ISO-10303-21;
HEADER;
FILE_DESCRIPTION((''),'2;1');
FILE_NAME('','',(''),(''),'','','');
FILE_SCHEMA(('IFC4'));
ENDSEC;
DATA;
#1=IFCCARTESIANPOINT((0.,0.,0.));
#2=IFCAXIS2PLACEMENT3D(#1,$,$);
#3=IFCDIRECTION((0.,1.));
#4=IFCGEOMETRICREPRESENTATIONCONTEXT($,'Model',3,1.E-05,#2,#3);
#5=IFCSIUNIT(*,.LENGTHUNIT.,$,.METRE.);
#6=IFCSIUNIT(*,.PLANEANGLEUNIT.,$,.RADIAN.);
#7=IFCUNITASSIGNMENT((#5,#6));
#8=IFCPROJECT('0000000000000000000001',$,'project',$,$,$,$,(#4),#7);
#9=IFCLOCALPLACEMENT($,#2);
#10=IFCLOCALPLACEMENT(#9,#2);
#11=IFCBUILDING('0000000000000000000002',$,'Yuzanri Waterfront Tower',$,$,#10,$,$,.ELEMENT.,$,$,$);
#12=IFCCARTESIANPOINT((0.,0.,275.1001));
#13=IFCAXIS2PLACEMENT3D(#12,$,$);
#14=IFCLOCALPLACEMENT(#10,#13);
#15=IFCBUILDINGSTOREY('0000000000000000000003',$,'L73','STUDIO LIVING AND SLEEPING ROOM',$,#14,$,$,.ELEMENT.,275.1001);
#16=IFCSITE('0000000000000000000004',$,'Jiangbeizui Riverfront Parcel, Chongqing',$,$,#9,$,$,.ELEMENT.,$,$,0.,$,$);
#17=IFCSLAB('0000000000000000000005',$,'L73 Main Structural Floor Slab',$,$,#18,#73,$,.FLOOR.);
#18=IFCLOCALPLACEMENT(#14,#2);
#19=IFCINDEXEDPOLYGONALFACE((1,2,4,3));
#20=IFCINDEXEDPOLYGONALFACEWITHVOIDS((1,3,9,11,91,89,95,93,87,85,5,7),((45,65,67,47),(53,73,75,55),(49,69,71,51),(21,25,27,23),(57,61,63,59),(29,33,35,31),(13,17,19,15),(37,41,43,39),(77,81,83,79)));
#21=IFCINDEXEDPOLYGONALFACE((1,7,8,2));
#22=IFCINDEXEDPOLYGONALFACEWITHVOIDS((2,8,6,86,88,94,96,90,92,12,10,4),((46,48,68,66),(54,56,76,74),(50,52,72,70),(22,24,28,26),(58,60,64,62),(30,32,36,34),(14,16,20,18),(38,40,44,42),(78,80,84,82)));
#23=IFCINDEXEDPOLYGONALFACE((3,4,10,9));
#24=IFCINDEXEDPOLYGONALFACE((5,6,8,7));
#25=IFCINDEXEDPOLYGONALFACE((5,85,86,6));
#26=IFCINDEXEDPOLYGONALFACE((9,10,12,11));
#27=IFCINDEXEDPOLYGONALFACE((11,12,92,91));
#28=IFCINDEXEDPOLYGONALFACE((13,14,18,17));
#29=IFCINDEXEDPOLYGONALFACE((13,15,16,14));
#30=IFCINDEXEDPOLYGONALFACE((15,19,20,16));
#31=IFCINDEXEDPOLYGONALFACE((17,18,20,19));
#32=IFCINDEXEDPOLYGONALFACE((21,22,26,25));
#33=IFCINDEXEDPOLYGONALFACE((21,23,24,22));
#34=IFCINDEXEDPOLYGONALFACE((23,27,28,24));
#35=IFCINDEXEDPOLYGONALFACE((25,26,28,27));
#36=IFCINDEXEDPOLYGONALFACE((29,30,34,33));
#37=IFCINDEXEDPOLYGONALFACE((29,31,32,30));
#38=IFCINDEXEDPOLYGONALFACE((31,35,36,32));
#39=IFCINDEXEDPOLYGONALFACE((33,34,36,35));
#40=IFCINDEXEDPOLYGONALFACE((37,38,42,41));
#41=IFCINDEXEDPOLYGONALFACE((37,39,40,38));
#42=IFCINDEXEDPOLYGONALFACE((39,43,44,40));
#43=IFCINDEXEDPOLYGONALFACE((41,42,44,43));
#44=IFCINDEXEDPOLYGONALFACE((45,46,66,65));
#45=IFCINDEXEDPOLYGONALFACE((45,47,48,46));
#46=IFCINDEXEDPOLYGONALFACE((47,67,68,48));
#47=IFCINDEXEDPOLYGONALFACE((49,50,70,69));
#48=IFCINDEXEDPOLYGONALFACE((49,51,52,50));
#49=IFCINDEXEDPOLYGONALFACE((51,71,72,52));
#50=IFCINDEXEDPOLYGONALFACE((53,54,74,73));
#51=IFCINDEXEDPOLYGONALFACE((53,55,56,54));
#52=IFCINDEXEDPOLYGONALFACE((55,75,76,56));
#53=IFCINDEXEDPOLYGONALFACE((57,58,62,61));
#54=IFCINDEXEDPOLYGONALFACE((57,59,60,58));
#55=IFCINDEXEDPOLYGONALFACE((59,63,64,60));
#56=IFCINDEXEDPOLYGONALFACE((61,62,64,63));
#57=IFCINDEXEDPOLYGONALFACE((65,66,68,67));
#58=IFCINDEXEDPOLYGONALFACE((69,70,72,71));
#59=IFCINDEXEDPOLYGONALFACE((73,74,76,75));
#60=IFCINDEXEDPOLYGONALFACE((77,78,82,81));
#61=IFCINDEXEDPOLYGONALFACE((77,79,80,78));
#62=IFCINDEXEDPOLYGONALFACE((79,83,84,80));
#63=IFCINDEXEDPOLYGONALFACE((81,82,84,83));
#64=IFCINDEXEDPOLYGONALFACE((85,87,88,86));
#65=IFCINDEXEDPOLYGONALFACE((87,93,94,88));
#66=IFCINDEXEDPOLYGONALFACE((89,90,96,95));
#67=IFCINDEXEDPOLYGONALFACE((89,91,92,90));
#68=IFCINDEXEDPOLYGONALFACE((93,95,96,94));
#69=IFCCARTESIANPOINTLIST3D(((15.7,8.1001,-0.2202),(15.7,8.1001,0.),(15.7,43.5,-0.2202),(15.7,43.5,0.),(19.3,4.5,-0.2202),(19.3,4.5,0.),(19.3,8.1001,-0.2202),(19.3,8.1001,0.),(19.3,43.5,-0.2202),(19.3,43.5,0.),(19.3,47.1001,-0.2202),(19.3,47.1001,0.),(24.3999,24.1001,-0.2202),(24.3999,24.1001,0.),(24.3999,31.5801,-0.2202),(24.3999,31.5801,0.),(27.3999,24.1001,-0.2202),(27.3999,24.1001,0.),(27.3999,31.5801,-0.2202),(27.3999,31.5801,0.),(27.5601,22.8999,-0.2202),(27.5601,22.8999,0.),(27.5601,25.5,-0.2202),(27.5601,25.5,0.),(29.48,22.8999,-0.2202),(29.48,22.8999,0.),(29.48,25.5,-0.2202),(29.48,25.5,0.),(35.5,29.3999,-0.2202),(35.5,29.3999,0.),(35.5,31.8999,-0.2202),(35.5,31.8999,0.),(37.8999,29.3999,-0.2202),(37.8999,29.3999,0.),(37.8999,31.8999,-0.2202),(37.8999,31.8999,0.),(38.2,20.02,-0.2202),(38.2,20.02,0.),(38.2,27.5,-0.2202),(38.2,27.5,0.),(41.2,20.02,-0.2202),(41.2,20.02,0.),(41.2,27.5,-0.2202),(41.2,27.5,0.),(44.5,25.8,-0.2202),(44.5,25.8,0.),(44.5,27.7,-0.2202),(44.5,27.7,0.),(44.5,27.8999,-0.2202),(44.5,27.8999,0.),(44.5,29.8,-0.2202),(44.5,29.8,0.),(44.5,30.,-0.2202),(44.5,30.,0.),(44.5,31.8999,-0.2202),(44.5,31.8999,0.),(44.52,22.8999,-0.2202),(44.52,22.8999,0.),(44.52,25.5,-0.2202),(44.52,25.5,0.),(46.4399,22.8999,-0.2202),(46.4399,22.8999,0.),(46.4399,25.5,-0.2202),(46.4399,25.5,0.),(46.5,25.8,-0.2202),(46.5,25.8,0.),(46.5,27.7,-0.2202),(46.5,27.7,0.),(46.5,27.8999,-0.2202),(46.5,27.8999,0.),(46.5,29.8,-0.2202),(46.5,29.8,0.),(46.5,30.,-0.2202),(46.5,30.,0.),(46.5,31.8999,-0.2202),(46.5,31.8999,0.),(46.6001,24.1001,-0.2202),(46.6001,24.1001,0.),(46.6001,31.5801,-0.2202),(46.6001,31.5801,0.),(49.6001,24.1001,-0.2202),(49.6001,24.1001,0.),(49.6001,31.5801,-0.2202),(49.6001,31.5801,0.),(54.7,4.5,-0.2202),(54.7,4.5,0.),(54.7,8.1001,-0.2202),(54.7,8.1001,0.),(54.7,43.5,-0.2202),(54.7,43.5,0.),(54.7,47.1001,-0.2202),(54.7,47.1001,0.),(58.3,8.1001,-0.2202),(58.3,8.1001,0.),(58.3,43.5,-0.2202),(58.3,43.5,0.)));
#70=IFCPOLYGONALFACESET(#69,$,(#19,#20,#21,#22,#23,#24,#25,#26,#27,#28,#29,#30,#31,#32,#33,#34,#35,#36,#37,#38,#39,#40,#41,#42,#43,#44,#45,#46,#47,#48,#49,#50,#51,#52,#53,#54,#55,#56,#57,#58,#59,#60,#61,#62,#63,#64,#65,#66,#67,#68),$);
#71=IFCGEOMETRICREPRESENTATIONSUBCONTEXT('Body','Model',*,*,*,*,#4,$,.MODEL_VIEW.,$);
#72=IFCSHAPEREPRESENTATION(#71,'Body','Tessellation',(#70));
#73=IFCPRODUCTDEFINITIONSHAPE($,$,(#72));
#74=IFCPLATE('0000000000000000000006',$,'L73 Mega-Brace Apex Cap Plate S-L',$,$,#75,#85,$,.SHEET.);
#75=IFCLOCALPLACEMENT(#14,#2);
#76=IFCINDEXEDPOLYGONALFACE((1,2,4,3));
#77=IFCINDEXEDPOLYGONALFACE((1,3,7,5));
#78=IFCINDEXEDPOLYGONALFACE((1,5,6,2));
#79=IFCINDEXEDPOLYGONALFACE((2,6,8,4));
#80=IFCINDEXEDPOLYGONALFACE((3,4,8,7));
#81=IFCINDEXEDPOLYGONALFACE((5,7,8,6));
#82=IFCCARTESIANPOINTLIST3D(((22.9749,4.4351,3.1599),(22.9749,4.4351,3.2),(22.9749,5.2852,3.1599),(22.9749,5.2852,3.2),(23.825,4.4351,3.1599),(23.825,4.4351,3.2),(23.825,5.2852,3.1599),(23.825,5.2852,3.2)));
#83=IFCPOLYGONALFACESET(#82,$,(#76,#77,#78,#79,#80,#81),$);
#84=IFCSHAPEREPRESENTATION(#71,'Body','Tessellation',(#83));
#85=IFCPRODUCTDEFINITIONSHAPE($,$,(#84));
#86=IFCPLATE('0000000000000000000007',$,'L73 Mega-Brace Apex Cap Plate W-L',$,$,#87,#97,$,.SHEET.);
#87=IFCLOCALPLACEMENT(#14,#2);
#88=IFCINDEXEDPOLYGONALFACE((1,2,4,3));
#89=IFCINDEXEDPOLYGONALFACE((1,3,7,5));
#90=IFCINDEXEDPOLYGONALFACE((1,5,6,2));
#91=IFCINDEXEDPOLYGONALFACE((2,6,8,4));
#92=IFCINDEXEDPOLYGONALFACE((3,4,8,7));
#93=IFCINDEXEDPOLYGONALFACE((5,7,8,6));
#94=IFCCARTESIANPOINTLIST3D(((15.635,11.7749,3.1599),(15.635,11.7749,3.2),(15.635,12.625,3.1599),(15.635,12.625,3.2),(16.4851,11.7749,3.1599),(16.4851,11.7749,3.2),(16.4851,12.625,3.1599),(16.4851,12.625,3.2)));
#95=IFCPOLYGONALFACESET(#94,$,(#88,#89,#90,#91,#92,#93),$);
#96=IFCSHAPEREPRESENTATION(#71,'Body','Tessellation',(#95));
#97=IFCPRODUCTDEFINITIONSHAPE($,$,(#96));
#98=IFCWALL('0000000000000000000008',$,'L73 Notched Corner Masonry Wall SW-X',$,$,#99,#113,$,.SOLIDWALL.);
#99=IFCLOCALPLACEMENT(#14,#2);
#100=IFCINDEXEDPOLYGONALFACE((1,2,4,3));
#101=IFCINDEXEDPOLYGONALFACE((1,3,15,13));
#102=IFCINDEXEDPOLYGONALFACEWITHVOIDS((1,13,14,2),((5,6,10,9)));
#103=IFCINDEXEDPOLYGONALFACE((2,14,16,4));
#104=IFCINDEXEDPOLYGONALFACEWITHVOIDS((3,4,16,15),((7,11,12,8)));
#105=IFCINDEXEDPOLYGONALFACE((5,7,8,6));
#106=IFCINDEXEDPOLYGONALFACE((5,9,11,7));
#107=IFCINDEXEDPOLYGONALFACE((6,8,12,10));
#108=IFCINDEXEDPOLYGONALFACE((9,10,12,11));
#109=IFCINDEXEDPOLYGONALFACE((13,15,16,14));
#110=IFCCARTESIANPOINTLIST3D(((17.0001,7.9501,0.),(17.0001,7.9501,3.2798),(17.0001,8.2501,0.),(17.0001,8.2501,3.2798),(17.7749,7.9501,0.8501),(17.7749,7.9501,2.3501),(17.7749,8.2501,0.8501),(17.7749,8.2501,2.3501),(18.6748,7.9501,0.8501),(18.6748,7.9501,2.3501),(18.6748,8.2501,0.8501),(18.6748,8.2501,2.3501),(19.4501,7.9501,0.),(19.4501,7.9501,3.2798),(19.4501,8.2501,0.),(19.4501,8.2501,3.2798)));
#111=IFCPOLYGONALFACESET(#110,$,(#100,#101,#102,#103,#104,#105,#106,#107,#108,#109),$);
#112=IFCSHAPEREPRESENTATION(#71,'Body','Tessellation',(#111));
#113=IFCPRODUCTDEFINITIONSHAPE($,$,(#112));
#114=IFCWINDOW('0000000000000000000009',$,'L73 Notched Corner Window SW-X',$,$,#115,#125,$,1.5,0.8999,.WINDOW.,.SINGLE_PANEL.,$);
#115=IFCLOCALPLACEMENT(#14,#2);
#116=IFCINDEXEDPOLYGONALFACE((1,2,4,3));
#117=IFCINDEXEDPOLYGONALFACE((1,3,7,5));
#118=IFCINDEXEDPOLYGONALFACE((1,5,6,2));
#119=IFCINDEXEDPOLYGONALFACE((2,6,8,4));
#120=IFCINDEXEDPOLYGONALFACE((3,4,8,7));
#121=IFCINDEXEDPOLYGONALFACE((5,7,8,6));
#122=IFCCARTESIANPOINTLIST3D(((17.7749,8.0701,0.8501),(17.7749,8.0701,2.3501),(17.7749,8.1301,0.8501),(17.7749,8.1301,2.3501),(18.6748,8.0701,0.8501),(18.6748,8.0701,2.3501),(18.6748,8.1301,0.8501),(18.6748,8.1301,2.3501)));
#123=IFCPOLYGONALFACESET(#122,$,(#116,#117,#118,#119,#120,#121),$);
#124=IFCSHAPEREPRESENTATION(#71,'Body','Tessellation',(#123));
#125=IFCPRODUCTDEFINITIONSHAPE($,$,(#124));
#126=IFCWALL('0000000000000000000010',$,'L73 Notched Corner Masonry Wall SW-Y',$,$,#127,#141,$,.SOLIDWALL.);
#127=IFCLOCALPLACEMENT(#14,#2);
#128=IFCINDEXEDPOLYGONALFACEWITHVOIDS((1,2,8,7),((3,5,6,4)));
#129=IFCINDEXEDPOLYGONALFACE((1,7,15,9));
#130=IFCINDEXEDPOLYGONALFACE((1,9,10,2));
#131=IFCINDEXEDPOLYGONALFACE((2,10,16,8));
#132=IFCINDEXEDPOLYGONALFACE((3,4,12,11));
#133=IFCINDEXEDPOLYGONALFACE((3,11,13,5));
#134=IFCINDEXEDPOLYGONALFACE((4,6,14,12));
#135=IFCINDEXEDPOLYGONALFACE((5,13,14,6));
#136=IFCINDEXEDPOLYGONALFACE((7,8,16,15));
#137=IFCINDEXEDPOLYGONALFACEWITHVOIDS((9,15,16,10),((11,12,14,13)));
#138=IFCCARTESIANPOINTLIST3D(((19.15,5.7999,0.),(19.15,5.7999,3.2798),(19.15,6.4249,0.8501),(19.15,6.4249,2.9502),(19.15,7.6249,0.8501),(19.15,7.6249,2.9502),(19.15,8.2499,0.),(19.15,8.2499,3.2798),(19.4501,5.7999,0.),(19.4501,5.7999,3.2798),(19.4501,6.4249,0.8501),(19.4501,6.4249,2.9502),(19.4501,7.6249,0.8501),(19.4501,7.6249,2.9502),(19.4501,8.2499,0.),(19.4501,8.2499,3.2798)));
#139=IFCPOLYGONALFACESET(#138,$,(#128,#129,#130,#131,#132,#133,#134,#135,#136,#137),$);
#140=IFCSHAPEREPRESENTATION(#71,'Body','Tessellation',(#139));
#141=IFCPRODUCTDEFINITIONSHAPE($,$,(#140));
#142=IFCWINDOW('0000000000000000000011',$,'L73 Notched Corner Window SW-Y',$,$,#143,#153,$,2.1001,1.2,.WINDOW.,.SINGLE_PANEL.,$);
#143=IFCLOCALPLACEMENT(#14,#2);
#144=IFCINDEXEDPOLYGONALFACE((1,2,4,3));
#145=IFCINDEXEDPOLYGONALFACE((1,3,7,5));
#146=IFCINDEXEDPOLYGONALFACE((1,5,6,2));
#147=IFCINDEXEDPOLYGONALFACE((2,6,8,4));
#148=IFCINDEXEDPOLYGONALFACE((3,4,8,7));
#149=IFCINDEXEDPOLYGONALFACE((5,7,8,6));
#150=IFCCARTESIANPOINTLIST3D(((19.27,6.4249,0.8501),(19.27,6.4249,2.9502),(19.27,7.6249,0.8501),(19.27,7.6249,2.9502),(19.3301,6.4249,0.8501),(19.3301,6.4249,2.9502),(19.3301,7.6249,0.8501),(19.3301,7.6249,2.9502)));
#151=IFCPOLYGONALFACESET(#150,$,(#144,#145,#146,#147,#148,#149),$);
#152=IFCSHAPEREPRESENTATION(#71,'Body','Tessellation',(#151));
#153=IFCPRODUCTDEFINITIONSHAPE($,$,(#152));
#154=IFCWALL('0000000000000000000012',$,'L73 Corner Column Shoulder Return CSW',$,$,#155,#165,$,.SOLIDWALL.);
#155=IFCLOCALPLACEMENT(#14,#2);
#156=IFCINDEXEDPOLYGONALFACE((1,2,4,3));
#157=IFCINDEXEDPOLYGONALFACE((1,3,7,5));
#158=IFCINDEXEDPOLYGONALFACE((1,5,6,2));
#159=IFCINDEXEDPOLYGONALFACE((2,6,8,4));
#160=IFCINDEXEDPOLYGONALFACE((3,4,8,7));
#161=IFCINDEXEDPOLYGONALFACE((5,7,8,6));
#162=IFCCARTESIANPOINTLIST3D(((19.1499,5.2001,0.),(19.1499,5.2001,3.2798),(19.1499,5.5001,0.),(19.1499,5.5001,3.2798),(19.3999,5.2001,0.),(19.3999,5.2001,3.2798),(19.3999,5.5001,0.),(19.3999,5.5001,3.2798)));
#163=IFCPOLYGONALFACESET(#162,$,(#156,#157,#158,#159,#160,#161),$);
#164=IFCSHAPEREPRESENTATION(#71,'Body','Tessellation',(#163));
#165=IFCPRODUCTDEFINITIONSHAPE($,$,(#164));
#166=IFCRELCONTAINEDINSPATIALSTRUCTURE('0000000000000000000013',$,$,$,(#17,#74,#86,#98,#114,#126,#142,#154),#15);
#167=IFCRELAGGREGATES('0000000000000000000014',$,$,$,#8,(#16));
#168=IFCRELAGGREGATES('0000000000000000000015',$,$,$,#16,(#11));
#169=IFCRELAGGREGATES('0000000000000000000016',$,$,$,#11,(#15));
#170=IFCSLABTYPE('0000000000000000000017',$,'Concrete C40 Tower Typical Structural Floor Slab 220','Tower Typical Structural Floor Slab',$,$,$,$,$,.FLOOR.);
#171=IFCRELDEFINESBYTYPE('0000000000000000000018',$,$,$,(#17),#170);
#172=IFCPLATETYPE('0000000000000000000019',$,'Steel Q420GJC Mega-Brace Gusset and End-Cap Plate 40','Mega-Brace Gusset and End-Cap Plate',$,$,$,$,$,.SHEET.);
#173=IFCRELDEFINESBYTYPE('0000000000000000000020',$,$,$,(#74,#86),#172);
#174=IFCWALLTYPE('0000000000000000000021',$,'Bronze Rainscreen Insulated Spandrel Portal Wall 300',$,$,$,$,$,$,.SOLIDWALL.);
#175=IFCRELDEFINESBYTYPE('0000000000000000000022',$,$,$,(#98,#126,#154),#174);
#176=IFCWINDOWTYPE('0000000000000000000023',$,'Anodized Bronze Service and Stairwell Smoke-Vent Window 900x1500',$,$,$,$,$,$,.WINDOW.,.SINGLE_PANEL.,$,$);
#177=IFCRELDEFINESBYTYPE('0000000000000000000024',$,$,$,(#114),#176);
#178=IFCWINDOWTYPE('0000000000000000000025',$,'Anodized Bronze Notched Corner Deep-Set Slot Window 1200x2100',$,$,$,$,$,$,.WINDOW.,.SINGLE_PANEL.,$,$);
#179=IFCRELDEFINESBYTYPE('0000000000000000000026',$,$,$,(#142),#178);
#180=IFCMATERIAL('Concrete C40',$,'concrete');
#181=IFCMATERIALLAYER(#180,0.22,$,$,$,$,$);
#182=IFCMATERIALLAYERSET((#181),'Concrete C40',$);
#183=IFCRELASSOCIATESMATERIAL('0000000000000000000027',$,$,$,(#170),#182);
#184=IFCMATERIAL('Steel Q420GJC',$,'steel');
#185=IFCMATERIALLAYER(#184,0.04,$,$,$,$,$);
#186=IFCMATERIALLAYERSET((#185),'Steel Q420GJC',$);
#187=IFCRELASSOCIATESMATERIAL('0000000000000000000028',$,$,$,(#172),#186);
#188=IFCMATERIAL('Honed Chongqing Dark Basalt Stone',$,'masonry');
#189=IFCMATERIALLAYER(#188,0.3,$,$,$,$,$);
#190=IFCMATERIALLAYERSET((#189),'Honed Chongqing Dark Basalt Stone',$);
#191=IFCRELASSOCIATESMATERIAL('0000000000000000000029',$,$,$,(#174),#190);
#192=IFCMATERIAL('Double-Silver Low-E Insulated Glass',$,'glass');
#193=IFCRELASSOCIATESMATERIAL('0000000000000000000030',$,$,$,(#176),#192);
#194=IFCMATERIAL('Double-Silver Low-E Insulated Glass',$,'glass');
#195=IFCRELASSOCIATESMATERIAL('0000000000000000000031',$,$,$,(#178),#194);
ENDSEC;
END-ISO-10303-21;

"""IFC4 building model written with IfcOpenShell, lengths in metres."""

from ifc_helpers import new_model, si_unit, direction, frame, frame_2d, origin, origin_2d, place, context, subcontext, project, spatial, polyline, rectangle, outline, extrude, source, transform, mapped, material, layer, layer_set, type_object, element, fill, save


model = new_model("IFC4")

# Units and contexts
model_context = context("Model", 3, precision=1e-05, world=origin(), true_north=direction((0.0, 1.0)))
body_context = subcontext(model_context, "Body", "Model", "MODEL_VIEW")
ifc_project = project(units=[si_unit("LENGTHUNIT", "METRE"), si_unit("PLANEANGLEUNIT", "RADIAN")], contexts=[model_context])

# Site, building, storey
site_placement = place(None, origin())
site = spatial("IfcSite", under=ifc_project, at=site_placement, Name="Jiangbeizui Riverfront Parcel, Chongqing", CompositionType="ELEMENT", RefElevation=0.0)
building_placement = place(site_placement, origin())
building = spatial("IfcBuilding", under=site, at=building_placement, Name="Yuzanri Waterfront Tower", CompositionType="ELEMENT")
storey_placement = place(building_placement, frame((0.0, 0.0, 275.1001)))
storey = spatial("IfcBuildingStorey", under=building, at=storey_placement, Name="L73", Description="STUDIO LIVING AND SLEEPING ROOM", CompositionType="ELEMENT", Elevation=275.1001)

# Slab
ifc_material_1 = material(Name="Concrete C40", Category="concrete")
ifc_layer_1 = layer(ifc_material_1, 0.22)
ifc_layer_set_1 = layer_set([ifc_layer_1], Name="Concrete C40")
slab_type_1 = type_object("IfcSlabType", Name="Concrete C40 Tower Typical Structural Floor Slab 220", Description="Tower Typical Structural Floor Slab", PredefinedType="FLOOR", material=ifc_layer_set_1)
slab_1_placement = place(storey_placement, frame((0.0, 0.0, -0.2202)))
element("IfcSlab", 1, at=slab_1_placement, inside=storey, type_object=slab_type_1, Name="L73 Main Structural Floor Slab", PredefinedType="FLOOR", context=body_context, shape_type="SweptSolid", body=[
    extrude(outline(polyline([(19.3, 4.5), (54.7, 4.5), (54.7, 8.1001), (58.3, 8.1001), (58.3, 43.5), (54.7, 43.5), (54.7, 47.1001), (19.3, 47.1001), (19.3, 43.5), (15.7, 43.5), (15.7, 8.1001), (19.3, 8.1001), (19.3, 4.5)]), holes=[polyline([(27.3999, 24.1001), (27.3999, 31.5801), (24.3999, 31.5801), (24.3999, 24.1001), (27.3999, 24.1001)]), polyline([(49.6001, 24.1001), (49.6001, 31.5801), (46.6001, 31.5801), (46.6001, 24.1001), (49.6001, 24.1001)]), polyline([(38.2, 27.5), (38.2, 20.02), (41.2, 20.02), (41.2, 27.5), (38.2, 27.5)]), polyline([(27.5601, 22.8999), (29.48, 22.8999), (29.48, 25.5), (27.5601, 25.5), (27.5601, 22.8999)]), polyline([(44.52, 22.8999), (46.4399, 22.8999), (46.4399, 25.5), (44.52, 25.5), (44.52, 22.8999)]), polyline([(35.5, 29.3999), (37.8999, 29.3999), (37.8999, 31.8999), (35.5, 31.8999), (35.5, 29.3999)]), polyline([(44.5, 25.8), (46.5, 25.8), (46.5, 27.7), (44.5, 27.7), (44.5, 25.8)]), polyline([(44.5, 27.8999), (46.5, 27.8999), (46.5, 29.8), (44.5, 29.8), (44.5, 27.8999)]), polyline([(44.5, 30.0), (46.5, 30.0), (46.5, 31.8999), (44.5, 31.8999), (44.5, 30.0)])]), origin(), (0.0, 0.0, 1.0), 0.2202),
])

# Plates
ifc_material_2 = material(Name="Steel Q420GJC", Category="steel")
ifc_layer_2 = layer(ifc_material_2, 0.04)
ifc_layer_set_2 = layer_set([ifc_layer_2], Name="Steel Q420GJC")
plate_type = type_object("IfcPlateType", Name="Steel Q420GJC Mega-Brace Gusset and End-Cap Plate 40", Description="Mega-Brace Gusset and End-Cap Plate", PredefinedType="SHEET", material=ifc_layer_set_2)
shared_shape_1 = source(origin(), body_context, "Body", "SweptSolid", [
    extrude(rectangle(XDim=0.8501, YDim=0.8501, at=origin_2d()), origin(), (0.0, 0.0, 1.0), 0.04),
])
for number, where, z_axis, x_axis, name in (
    (2, (23.3999, 4.8601, 3.1599), (0.0, 0.0, 1.0), (1.0, 0.0, 0.0), "L73 Mega-Brace Apex Cap Plate S-L"),
    (3, (16.0601, 12.2, 3.1599), (0.0, 0.0, 1.0), (1.0, 0.0, 0.0), "L73 Mega-Brace Apex Cap Plate W-L"),
):
    element("IfcPlate", number, at=place(storey_placement, frame(where, z_axis=z_axis, x_axis=x_axis)), inside=storey, type_object=plate_type, Name=name, PredefinedType="SHEET", context=body_context, shape_type="MappedRepresentation", body=[
        mapped(shared_shape_1, transform((0.0, 0.0, 0.0), scale=1.0)),
    ])

# Walls, openings, windows
ifc_material_3 = material(Name="Honed Chongqing Dark Basalt Stone", Category="masonry")
ifc_layer_3 = layer(ifc_material_3, 0.3)
ifc_layer_set_3 = layer_set([ifc_layer_3], Name="Honed Chongqing Dark Basalt Stone")
wall_type_1 = type_object("IfcWallType", Name="Bronze Rainscreen Insulated Spandrel Portal Wall 300", PredefinedType="SOLIDWALL", material=ifc_layer_set_3)
wall_1_placement = place(storey_placement, frame((17.0, 8.1001, 0.0), z_axis=(0.0, 0.0, 1.0), x_axis=(1.0, 0.0, 0.0)))
wall_1 = element("IfcWall", 4, at=wall_1_placement, inside=storey, type_object=wall_type_1, Name="L73 Notched Corner Masonry Wall SW-X", PredefinedType="SOLIDWALL", context=body_context, shape_type="SweptSolid", body=[
    extrude(rectangle(XDim=2.45, YDim=0.3, at=frame_2d((1.2251, 0.0))), origin(), (0.0, 0.0, 1.0), 3.2798),
])
opening_1_placement = place(wall_1_placement, frame((0.7749, 0.0, 0.8501)))
opening_1 = element("IfcOpeningElement", 5, at=opening_1_placement, cuts=wall_1, PredefinedType="OPENING", context=body_context, shape_type="SweptSolid", body=[
    extrude(rectangle(XDim=0.8999, YDim=1.5, at=frame_2d((0.45, 0.75))), frame((0.0, 0.165, 0.0), z_axis=(0.0, -1.0, 0.0), x_axis=(1.0, 0.0, 0.0)), (0.0, 0.0, 1.0), 0.3298),
])
ifc_material_4 = material(Name="Double-Silver Low-E Insulated Glass", Category="glass")
window_type_1 = type_object("IfcWindowType", Name="Anodized Bronze Service and Stairwell Smoke-Vent Window 900x1500", PartitioningType="SINGLE_PANEL", PredefinedType="WINDOW", material=ifc_material_4)
shared_shape_2 = source(origin(), body_context, "Body", "SweptSolid", [
    extrude(rectangle(XDim=0.8999, YDim=1.5, at=frame_2d((0.45, 0.75))), frame((0.0, 0.03, 0.0), z_axis=(0.0, -1.0, 0.0), x_axis=(1.0, 0.0, 0.0)), (0.0, 0.0, 1.0), 0.0601),
])
window_1_placement = place(opening_1_placement, origin())
window_1 = element("IfcWindow", 6, at=window_1_placement, inside=storey, type_object=window_type_1, Name="L73 Notched Corner Window SW-X", OverallHeight=1.5, OverallWidth=0.8999, PartitioningType="SINGLE_PANEL", PredefinedType="WINDOW", context=body_context, shape_type="MappedRepresentation", body=[
    mapped(shared_shape_2, transform((0.0, 0.0, 0.0), scale=1.0)),
])
fill(opening_1, window_1)
wall_2_placement = place(storey_placement, frame((19.3, 8.25, 0.0), z_axis=(0.0, 0.0, 1.0), x_axis=(0.0, -1.0, 0.0)))
wall_2 = element("IfcWall", 7, at=wall_2_placement, inside=storey, type_object=wall_type_1, Name="L73 Notched Corner Masonry Wall SW-Y", PredefinedType="SOLIDWALL", context=body_context, shape_type="SweptSolid", body=[
    extrude(rectangle(XDim=2.45, YDim=0.3, at=frame_2d((1.2251, 0.0))), origin(), (0.0, 0.0, 1.0), 3.2798),
])
opening_2_placement = place(wall_2_placement, frame((0.625, 0.0, 0.8501)))
opening_2 = element("IfcOpeningElement", 8, at=opening_2_placement, cuts=wall_2, PredefinedType="OPENING", context=body_context, shape_type="SweptSolid", body=[
    extrude(rectangle(XDim=1.2, YDim=2.1001, at=frame_2d((0.6001, 1.05))), frame((0.0, 0.165, 0.0), z_axis=(0.0, -1.0, 0.0), x_axis=(1.0, 0.0, 0.0)), (0.0, 0.0, 1.0), 0.3298),
])
ifc_material_5 = material(Name="Double-Silver Low-E Insulated Glass", Category="glass")
window_type_2 = type_object("IfcWindowType", Name="Anodized Bronze Notched Corner Deep-Set Slot Window 1200x2100", PartitioningType="SINGLE_PANEL", PredefinedType="WINDOW", material=ifc_material_5)
shared_shape_3 = source(origin(), body_context, "Body", "SweptSolid", [
    extrude(rectangle(XDim=1.2, YDim=2.1001, at=frame_2d((0.6001, 1.05))), frame((0.0, 0.03, 0.0), z_axis=(0.0, -1.0, 0.0), x_axis=(1.0, 0.0, 0.0)), (0.0, 0.0, 1.0), 0.0601),
])
window_2_placement = place(opening_2_placement, origin())
window_2 = element("IfcWindow", 9, at=window_2_placement, inside=storey, type_object=window_type_2, Name="L73 Notched Corner Window SW-Y", OverallHeight=2.1001, OverallWidth=1.2, PartitioningType="SINGLE_PANEL", PredefinedType="WINDOW", context=body_context, shape_type="MappedRepresentation", body=[
    mapped(shared_shape_3, transform((0.0, 0.0, 0.0), scale=1.0)),
])
fill(opening_2, window_2)

# Wall
shared_shape_4 = source(origin(), body_context, "Body", "SweptSolid", [
    extrude(rectangle(XDim=0.25, YDim=0.3, at=frame_2d((0.125, 0.0))), origin(), (0.0, 0.0, 1.0), 3.2798),
])
for number, where, z_axis, x_axis, name in (
    (10, (19.1499, 5.3501, 0.0), (0.0, 0.0, 1.0), (1.0, 0.0, 0.0), "L73 Corner Column Shoulder Return CSW"),
):
    element("IfcWall", number, at=place(storey_placement, frame(where, z_axis=z_axis, x_axis=x_axis)), inside=storey, type_object=wall_type_1, Name=name, PredefinedType="SOLIDWALL", context=body_context, shape_type="MappedRepresentation", body=[
        mapped(shared_shape_4, transform((0.0, 0.0, 0.0), scale=1.0)),
    ])

save(model, "model.ifc")
